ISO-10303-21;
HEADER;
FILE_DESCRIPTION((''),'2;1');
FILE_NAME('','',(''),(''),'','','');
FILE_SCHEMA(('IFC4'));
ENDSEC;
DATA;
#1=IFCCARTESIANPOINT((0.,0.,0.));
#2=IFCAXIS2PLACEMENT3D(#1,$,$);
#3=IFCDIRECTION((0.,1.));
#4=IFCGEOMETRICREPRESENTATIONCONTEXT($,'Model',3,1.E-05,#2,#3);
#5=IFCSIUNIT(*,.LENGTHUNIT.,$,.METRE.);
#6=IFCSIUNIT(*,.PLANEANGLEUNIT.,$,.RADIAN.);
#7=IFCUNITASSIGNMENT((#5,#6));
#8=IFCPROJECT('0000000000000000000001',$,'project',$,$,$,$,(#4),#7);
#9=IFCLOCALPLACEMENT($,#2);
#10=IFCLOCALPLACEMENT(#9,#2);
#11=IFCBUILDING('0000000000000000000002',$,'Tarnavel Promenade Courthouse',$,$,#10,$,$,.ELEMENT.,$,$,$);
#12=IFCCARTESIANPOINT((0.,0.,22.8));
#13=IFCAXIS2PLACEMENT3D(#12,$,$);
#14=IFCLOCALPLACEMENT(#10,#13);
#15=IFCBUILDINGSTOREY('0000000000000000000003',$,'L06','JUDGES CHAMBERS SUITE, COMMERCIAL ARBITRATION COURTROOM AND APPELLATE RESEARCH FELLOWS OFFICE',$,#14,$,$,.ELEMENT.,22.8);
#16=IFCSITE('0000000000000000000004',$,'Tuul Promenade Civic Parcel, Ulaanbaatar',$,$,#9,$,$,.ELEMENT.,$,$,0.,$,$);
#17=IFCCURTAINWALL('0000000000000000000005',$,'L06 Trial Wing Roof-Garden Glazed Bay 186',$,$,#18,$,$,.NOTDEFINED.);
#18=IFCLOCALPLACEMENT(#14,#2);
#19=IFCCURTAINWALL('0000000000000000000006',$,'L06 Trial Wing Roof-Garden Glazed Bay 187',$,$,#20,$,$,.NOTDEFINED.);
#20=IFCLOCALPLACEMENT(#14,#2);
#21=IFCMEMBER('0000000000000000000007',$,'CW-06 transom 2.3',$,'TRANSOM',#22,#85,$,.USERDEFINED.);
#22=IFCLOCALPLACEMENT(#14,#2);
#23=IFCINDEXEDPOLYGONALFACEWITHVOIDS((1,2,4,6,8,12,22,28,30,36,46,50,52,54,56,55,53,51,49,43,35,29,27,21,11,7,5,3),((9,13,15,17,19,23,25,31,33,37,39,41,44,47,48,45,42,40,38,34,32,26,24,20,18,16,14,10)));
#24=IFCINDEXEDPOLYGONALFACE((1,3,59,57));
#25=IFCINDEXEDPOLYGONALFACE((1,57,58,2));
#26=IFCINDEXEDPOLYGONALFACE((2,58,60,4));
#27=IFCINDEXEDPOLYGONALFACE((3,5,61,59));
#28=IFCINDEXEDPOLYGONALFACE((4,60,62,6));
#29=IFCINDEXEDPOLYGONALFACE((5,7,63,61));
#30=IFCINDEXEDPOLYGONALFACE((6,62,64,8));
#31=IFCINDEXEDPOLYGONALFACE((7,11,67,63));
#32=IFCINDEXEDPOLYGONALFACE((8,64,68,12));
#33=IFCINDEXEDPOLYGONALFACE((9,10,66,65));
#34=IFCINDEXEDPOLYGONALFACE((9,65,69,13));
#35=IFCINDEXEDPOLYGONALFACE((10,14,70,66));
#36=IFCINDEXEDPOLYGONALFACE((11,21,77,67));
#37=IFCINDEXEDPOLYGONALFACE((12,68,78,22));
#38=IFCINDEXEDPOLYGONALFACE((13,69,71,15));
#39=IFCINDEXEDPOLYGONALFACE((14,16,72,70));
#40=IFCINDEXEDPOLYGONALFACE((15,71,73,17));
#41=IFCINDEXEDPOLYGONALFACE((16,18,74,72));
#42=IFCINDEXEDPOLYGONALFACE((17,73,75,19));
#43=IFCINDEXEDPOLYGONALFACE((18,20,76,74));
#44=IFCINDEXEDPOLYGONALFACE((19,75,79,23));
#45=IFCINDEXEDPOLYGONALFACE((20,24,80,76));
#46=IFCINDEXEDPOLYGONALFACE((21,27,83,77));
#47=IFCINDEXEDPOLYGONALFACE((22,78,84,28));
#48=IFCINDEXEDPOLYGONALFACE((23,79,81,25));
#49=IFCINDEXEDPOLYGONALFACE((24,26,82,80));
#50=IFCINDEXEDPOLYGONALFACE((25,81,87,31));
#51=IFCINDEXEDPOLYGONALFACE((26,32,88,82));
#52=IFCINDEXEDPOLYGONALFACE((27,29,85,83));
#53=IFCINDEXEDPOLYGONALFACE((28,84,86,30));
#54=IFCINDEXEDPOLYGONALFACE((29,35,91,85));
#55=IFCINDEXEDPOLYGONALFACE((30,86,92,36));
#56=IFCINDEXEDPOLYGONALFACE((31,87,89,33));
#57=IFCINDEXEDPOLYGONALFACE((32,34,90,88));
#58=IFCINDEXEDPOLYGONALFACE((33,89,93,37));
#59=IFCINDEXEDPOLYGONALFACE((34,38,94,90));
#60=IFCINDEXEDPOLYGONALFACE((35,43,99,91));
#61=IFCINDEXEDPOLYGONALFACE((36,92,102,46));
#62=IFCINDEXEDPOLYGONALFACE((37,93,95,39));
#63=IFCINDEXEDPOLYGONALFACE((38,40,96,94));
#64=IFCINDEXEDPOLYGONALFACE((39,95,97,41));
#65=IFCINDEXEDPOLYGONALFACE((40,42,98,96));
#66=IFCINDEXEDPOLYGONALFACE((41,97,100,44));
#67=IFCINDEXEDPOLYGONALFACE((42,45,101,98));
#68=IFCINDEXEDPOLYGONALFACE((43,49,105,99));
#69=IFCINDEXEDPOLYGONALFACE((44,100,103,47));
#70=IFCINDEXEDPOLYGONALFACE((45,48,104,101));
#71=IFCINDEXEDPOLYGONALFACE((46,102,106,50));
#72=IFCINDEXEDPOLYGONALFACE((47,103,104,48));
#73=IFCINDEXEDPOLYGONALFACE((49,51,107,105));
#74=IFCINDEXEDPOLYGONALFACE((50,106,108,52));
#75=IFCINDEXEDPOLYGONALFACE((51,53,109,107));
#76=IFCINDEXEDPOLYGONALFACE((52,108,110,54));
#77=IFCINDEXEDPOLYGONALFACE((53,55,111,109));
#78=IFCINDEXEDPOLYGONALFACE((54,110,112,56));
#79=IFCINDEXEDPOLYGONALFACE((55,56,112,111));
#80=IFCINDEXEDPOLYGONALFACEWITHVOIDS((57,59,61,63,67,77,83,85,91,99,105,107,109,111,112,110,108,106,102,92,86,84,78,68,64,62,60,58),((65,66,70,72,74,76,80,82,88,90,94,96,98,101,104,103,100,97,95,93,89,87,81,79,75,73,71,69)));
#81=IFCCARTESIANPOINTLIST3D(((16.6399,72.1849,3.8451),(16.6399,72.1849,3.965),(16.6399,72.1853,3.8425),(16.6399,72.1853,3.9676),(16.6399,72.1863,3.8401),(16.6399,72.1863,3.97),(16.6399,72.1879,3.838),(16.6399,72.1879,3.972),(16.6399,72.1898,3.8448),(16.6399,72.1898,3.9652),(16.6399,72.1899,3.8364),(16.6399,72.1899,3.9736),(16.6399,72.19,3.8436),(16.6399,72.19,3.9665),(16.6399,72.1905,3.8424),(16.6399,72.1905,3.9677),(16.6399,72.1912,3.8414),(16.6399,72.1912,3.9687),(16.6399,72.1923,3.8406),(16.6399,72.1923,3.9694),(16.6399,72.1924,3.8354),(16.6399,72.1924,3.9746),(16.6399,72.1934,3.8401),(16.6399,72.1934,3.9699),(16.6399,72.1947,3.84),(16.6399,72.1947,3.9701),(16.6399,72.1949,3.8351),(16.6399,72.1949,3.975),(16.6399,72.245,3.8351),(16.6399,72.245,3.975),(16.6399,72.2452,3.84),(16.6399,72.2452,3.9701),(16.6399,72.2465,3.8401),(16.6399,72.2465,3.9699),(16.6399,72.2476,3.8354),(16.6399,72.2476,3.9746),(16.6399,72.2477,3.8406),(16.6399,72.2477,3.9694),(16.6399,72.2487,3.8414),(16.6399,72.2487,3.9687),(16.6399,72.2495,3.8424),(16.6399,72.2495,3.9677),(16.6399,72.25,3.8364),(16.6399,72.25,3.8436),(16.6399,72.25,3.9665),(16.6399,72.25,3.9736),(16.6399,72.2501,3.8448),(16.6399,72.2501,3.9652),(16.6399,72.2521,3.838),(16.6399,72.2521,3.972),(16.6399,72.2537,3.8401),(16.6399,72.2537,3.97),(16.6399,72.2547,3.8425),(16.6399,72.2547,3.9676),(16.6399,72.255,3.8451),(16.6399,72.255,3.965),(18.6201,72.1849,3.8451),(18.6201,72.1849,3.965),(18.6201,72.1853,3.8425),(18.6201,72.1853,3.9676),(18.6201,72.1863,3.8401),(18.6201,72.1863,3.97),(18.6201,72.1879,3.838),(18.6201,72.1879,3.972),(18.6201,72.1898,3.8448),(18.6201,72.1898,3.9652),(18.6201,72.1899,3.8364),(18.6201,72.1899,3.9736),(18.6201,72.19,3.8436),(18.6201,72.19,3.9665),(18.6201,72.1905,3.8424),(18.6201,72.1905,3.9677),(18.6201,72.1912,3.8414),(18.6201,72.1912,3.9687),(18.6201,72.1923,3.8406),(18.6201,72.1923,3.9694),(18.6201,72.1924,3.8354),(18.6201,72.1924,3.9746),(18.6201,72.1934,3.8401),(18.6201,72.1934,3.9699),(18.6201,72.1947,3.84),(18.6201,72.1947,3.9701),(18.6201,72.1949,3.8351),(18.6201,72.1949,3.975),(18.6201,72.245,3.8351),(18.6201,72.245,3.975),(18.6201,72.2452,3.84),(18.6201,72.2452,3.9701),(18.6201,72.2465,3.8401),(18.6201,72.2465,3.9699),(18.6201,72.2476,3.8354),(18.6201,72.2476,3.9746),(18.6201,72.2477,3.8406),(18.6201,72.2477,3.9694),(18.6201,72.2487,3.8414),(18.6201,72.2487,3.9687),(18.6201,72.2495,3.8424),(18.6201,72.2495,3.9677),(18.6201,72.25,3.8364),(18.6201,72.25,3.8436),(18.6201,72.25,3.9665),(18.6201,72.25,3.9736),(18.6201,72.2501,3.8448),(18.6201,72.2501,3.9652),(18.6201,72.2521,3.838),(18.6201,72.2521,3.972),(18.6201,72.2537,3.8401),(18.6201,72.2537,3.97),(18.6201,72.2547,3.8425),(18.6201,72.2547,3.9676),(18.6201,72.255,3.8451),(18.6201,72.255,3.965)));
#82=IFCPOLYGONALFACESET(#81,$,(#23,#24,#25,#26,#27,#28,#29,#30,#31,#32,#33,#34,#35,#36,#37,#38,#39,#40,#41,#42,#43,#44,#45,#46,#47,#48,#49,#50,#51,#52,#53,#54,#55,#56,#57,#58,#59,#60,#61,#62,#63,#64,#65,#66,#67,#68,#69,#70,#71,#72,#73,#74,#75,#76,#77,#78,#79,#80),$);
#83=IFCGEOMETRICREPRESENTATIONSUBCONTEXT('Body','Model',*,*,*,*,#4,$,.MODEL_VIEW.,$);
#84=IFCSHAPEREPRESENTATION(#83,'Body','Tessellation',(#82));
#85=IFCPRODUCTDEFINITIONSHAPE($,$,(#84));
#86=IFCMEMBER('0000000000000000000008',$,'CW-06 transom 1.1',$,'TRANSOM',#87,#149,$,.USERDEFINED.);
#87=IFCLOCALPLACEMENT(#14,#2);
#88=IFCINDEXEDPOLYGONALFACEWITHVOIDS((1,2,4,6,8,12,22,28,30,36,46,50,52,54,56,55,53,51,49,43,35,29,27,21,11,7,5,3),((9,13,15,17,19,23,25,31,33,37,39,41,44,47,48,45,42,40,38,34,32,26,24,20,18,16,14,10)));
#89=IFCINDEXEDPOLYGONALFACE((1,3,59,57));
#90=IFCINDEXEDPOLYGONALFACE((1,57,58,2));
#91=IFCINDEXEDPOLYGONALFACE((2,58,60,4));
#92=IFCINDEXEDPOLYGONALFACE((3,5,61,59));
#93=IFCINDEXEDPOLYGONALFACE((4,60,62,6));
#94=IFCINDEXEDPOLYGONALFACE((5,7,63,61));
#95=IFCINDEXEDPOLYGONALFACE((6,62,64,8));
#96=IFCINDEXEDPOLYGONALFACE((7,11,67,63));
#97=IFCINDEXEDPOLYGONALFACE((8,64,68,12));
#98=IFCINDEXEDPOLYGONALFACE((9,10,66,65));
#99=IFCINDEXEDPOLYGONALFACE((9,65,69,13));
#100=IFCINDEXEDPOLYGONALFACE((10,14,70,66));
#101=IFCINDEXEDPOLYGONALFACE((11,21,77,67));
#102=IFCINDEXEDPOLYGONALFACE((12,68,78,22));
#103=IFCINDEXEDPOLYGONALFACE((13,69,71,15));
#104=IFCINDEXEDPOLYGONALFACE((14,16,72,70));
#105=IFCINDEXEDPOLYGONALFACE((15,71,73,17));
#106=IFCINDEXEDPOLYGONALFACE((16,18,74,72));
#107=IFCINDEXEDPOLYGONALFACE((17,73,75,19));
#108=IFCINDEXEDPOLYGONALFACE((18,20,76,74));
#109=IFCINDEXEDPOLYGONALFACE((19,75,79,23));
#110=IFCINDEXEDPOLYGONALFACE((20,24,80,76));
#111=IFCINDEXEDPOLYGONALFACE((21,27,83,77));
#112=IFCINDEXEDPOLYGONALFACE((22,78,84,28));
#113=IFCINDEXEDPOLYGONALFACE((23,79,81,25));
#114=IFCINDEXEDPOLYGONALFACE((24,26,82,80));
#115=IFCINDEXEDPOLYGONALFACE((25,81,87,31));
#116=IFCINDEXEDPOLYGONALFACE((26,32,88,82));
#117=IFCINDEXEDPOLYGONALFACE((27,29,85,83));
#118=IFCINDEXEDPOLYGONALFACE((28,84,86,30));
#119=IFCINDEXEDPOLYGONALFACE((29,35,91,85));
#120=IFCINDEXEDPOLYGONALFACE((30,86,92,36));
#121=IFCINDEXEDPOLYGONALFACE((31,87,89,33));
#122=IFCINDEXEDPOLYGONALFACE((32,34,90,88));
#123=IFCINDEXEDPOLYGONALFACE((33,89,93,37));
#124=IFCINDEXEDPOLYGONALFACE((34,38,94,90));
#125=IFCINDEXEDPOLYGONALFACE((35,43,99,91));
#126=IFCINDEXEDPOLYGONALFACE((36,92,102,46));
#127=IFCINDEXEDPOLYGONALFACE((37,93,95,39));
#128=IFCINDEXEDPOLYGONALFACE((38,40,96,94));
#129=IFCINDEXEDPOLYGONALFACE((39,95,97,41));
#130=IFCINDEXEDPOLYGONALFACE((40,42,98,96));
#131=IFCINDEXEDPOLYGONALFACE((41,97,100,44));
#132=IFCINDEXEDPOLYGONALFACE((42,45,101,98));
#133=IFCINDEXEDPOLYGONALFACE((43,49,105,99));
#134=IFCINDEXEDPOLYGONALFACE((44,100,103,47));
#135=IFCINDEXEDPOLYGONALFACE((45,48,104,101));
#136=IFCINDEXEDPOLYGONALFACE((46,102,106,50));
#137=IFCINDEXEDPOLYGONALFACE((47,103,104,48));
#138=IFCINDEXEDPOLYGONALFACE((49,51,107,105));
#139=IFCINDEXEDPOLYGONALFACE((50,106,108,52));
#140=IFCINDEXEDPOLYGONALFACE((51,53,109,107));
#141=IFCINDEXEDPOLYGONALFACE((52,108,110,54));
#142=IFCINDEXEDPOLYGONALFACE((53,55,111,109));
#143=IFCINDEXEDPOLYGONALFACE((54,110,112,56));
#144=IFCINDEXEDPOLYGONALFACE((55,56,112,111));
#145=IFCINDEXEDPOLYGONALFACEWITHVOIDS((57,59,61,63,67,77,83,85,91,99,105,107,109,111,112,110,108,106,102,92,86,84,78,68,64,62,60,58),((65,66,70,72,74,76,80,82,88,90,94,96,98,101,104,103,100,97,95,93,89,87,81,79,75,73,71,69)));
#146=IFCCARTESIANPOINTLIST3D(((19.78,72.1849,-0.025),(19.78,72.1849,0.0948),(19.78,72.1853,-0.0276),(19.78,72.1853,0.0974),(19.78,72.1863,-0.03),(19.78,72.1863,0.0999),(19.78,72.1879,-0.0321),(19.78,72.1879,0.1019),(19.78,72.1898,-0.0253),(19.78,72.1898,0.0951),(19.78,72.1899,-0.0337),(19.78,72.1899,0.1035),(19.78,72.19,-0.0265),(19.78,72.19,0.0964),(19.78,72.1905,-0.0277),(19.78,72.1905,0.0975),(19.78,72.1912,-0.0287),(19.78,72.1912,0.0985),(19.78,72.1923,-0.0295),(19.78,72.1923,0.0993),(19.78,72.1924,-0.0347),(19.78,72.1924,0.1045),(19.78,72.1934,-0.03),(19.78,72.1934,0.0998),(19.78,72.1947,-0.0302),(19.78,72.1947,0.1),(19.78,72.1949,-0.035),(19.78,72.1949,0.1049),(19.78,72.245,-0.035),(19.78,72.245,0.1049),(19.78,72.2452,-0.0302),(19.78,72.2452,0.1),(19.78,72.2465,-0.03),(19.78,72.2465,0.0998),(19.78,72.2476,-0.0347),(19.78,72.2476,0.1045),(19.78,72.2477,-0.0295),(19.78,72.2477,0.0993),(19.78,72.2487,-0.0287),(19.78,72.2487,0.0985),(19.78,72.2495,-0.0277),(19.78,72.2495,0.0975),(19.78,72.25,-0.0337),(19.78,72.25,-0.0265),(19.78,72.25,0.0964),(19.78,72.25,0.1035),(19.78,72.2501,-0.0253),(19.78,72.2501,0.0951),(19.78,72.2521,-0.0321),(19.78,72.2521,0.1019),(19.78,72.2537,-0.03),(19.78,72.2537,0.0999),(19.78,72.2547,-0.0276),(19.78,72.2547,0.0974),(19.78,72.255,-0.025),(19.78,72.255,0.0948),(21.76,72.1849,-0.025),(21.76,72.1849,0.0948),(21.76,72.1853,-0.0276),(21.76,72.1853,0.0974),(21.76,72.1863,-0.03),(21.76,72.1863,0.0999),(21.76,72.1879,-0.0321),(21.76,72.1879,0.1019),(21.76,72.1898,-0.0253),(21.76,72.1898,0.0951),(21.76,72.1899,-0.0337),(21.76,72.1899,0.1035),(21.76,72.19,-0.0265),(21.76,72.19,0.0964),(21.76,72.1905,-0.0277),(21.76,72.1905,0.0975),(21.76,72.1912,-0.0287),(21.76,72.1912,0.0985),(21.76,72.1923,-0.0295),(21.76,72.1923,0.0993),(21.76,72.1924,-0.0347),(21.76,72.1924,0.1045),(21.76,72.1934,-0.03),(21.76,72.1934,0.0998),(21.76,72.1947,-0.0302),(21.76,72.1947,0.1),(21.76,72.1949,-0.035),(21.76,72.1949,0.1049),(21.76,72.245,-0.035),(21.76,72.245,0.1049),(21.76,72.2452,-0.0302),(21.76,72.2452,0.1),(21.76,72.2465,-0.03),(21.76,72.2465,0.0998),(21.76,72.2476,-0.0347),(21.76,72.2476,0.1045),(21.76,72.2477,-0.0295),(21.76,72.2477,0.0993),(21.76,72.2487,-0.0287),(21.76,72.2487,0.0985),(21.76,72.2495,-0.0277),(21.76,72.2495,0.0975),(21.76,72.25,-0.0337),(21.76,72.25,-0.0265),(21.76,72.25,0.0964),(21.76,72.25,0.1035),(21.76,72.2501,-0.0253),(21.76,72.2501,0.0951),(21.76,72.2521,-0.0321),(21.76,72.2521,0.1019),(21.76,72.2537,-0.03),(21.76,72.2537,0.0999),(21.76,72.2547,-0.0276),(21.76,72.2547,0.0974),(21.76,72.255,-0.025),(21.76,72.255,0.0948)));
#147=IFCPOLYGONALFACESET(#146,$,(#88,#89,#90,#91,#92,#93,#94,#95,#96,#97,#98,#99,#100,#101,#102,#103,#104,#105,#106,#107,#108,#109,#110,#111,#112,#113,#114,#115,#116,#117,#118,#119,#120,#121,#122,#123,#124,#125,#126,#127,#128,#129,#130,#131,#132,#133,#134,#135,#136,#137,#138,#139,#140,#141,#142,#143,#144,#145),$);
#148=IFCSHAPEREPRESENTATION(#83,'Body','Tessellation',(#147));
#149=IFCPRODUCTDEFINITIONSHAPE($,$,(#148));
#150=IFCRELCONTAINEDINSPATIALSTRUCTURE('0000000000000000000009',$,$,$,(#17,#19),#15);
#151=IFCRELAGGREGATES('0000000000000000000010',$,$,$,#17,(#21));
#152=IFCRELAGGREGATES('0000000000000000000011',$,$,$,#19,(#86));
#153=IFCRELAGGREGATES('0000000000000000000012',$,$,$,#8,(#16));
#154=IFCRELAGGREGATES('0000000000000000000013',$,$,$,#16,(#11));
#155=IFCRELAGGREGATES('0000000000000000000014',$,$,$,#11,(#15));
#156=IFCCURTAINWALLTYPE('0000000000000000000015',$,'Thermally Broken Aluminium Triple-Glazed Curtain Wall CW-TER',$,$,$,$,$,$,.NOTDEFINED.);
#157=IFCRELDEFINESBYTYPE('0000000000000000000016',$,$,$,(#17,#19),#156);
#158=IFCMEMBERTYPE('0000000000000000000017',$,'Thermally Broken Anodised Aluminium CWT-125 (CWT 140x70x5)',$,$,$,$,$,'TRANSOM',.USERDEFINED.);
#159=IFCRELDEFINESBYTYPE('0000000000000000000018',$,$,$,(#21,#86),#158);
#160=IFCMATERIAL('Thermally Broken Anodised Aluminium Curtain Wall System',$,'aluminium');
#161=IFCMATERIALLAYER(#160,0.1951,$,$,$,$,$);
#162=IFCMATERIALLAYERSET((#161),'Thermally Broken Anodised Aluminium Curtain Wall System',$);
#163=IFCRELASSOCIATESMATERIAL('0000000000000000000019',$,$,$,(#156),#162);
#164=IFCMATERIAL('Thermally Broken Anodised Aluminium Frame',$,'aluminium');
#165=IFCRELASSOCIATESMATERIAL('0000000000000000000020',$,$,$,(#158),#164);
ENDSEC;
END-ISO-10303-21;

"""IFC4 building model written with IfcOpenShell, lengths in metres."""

from ifc_helpers import new_model, si_unit, direction, frame, origin, origin_2d, place, context, subcontext, project, spatial, hollow_rectangle, extrude, material, layer, layer_set, material_profile, profile_set, type_object, element, aggregate, save


model = new_model("IFC4")

# Units and contexts
model_context = context("Model", 3, precision=1e-05, world=origin(), true_north=direction((0.0, 1.0)))
body_context = subcontext(model_context, "Body", "Model", "MODEL_VIEW")
ifc_project = project(units=[si_unit("LENGTHUNIT", "METRE"), si_unit("PLANEANGLEUNIT", "RADIAN")], contexts=[model_context])

# Site, building, storey
site_placement = place(None, origin())
site = spatial("IfcSite", under=ifc_project, at=site_placement, Name="Tuul Promenade Civic Parcel, Ulaanbaatar", CompositionType="ELEMENT", RefElevation=0.0)
building_placement = place(site_placement, origin())
building = spatial("IfcBuilding", under=site, at=building_placement, Name="Tarnavel Promenade Courthouse", CompositionType="ELEMENT")
storey_placement = place(building_placement, frame((0.0, 0.0, 22.8)))
storey = spatial("IfcBuildingStorey", under=building, at=storey_placement, Name="L06", Description="JUDGES CHAMBERS SUITE, COMMERCIAL ARBITRATION COURTROOM AND APPELLATE RESEARCH FELLOWS OFFICE", CompositionType="ELEMENT", Elevation=22.8)

# Shared definitions
ifc_material_1 = material(Name="Thermally Broken Anodised Aluminium Curtain Wall System", Category="aluminium")
ifc_layer_1 = layer(ifc_material_1, 0.1951)
ifc_layer_set_1 = layer_set([ifc_layer_1], Name="Thermally Broken Anodised Aluminium Curtain Wall System")
curtain_wall_type = type_object("IfcCurtainWallType", Name="Thermally Broken Aluminium Triple-Glazed Curtain Wall CW-TER", PredefinedType="NOTDEFINED", material=ifc_layer_set_1)
ifc_material_2 = material(Name="Thermally Broken Anodised Aluminium Frame", Category="aluminium")

# Curtain walls
curtain_wall_1_placement = place(storey_placement, origin())
curtain_wall_1 = element("IfcCurtainWall", 1, at=curtain_wall_1_placement, inside=storey, type_object=curtain_wall_type, Name="L06 Trial Wing Roof-Garden Glazed Bay 186", PredefinedType="NOTDEFINED")
curtain_wall_2_placement = place(storey_placement, origin())
curtain_wall_2 = element("IfcCurtainWall", 2, at=curtain_wall_2_placement, inside=storey, type_object=curtain_wall_type, Name="L06 Trial Wing Roof-Garden Glazed Bay 187", PredefinedType="NOTDEFINED")

# Members
ifc_material_profile_1 = material_profile(ifc_material_2, hollow_rectangle(XDim=0.0701, YDim=0.1399, WallThickness=0.0049, InnerFilletRadius=0.0049, OuterFilletRadius=0.01, at=origin_2d()), Name="CWT 140x70x5")
ifc_profile_set_1 = profile_set([ifc_material_profile_1], Name="Thermally Broken Anodised Aluminium Frame")
member_type_1 = type_object("IfcMemberType", Name="Thermally Broken Anodised Aluminium CWT-125 (CWT 140x70x5)", ElementType="TRANSOM", PredefinedType="USERDEFINED", material=ifc_profile_set_1)
member_1_placement = place(storey_placement, frame((16.6399, 72.22, 3.905), z_axis=(1.0, 0.0, 0.0), x_axis=(0.0, 1.0, 0.0)))
member_1 = element("IfcMember", 3, at=member_1_placement, type_object=member_type_1, Name="CW-06 transom 2.3", ObjectType="TRANSOM", PredefinedType="USERDEFINED", context=body_context, shape_type="SweptSolid", body=[
    extrude(hollow_rectangle(XDim=0.0701, YDim=0.1399, WallThickness=0.0049, InnerFilletRadius=0.0049, OuterFilletRadius=0.01, at=origin_2d()), origin(), (0.0, 0.0, 1.0), 1.9802),
])
member_2_placement = place(storey_placement, frame((19.78, 72.22, 0.0349), z_axis=(1.0, 0.0, 0.0), x_axis=(0.0, 1.0, 0.0)))
member_2 = element("IfcMember", 4, at=member_2_placement, type_object=member_type_1, Name="CW-06 transom 1.1", ObjectType="TRANSOM", PredefinedType="USERDEFINED", context=body_context, shape_type="SweptSolid", body=[
    extrude(hollow_rectangle(XDim=0.0701, YDim=0.1399, WallThickness=0.0049, InnerFilletRadius=0.0049, OuterFilletRadius=0.01, at=origin_2d()), origin(), (0.0, 0.0, 1.0), 1.98),
])

aggregate(curtain_wall_1, [member_1])
aggregate(curtain_wall_2, [member_2])

save(model, "model.ifc")
